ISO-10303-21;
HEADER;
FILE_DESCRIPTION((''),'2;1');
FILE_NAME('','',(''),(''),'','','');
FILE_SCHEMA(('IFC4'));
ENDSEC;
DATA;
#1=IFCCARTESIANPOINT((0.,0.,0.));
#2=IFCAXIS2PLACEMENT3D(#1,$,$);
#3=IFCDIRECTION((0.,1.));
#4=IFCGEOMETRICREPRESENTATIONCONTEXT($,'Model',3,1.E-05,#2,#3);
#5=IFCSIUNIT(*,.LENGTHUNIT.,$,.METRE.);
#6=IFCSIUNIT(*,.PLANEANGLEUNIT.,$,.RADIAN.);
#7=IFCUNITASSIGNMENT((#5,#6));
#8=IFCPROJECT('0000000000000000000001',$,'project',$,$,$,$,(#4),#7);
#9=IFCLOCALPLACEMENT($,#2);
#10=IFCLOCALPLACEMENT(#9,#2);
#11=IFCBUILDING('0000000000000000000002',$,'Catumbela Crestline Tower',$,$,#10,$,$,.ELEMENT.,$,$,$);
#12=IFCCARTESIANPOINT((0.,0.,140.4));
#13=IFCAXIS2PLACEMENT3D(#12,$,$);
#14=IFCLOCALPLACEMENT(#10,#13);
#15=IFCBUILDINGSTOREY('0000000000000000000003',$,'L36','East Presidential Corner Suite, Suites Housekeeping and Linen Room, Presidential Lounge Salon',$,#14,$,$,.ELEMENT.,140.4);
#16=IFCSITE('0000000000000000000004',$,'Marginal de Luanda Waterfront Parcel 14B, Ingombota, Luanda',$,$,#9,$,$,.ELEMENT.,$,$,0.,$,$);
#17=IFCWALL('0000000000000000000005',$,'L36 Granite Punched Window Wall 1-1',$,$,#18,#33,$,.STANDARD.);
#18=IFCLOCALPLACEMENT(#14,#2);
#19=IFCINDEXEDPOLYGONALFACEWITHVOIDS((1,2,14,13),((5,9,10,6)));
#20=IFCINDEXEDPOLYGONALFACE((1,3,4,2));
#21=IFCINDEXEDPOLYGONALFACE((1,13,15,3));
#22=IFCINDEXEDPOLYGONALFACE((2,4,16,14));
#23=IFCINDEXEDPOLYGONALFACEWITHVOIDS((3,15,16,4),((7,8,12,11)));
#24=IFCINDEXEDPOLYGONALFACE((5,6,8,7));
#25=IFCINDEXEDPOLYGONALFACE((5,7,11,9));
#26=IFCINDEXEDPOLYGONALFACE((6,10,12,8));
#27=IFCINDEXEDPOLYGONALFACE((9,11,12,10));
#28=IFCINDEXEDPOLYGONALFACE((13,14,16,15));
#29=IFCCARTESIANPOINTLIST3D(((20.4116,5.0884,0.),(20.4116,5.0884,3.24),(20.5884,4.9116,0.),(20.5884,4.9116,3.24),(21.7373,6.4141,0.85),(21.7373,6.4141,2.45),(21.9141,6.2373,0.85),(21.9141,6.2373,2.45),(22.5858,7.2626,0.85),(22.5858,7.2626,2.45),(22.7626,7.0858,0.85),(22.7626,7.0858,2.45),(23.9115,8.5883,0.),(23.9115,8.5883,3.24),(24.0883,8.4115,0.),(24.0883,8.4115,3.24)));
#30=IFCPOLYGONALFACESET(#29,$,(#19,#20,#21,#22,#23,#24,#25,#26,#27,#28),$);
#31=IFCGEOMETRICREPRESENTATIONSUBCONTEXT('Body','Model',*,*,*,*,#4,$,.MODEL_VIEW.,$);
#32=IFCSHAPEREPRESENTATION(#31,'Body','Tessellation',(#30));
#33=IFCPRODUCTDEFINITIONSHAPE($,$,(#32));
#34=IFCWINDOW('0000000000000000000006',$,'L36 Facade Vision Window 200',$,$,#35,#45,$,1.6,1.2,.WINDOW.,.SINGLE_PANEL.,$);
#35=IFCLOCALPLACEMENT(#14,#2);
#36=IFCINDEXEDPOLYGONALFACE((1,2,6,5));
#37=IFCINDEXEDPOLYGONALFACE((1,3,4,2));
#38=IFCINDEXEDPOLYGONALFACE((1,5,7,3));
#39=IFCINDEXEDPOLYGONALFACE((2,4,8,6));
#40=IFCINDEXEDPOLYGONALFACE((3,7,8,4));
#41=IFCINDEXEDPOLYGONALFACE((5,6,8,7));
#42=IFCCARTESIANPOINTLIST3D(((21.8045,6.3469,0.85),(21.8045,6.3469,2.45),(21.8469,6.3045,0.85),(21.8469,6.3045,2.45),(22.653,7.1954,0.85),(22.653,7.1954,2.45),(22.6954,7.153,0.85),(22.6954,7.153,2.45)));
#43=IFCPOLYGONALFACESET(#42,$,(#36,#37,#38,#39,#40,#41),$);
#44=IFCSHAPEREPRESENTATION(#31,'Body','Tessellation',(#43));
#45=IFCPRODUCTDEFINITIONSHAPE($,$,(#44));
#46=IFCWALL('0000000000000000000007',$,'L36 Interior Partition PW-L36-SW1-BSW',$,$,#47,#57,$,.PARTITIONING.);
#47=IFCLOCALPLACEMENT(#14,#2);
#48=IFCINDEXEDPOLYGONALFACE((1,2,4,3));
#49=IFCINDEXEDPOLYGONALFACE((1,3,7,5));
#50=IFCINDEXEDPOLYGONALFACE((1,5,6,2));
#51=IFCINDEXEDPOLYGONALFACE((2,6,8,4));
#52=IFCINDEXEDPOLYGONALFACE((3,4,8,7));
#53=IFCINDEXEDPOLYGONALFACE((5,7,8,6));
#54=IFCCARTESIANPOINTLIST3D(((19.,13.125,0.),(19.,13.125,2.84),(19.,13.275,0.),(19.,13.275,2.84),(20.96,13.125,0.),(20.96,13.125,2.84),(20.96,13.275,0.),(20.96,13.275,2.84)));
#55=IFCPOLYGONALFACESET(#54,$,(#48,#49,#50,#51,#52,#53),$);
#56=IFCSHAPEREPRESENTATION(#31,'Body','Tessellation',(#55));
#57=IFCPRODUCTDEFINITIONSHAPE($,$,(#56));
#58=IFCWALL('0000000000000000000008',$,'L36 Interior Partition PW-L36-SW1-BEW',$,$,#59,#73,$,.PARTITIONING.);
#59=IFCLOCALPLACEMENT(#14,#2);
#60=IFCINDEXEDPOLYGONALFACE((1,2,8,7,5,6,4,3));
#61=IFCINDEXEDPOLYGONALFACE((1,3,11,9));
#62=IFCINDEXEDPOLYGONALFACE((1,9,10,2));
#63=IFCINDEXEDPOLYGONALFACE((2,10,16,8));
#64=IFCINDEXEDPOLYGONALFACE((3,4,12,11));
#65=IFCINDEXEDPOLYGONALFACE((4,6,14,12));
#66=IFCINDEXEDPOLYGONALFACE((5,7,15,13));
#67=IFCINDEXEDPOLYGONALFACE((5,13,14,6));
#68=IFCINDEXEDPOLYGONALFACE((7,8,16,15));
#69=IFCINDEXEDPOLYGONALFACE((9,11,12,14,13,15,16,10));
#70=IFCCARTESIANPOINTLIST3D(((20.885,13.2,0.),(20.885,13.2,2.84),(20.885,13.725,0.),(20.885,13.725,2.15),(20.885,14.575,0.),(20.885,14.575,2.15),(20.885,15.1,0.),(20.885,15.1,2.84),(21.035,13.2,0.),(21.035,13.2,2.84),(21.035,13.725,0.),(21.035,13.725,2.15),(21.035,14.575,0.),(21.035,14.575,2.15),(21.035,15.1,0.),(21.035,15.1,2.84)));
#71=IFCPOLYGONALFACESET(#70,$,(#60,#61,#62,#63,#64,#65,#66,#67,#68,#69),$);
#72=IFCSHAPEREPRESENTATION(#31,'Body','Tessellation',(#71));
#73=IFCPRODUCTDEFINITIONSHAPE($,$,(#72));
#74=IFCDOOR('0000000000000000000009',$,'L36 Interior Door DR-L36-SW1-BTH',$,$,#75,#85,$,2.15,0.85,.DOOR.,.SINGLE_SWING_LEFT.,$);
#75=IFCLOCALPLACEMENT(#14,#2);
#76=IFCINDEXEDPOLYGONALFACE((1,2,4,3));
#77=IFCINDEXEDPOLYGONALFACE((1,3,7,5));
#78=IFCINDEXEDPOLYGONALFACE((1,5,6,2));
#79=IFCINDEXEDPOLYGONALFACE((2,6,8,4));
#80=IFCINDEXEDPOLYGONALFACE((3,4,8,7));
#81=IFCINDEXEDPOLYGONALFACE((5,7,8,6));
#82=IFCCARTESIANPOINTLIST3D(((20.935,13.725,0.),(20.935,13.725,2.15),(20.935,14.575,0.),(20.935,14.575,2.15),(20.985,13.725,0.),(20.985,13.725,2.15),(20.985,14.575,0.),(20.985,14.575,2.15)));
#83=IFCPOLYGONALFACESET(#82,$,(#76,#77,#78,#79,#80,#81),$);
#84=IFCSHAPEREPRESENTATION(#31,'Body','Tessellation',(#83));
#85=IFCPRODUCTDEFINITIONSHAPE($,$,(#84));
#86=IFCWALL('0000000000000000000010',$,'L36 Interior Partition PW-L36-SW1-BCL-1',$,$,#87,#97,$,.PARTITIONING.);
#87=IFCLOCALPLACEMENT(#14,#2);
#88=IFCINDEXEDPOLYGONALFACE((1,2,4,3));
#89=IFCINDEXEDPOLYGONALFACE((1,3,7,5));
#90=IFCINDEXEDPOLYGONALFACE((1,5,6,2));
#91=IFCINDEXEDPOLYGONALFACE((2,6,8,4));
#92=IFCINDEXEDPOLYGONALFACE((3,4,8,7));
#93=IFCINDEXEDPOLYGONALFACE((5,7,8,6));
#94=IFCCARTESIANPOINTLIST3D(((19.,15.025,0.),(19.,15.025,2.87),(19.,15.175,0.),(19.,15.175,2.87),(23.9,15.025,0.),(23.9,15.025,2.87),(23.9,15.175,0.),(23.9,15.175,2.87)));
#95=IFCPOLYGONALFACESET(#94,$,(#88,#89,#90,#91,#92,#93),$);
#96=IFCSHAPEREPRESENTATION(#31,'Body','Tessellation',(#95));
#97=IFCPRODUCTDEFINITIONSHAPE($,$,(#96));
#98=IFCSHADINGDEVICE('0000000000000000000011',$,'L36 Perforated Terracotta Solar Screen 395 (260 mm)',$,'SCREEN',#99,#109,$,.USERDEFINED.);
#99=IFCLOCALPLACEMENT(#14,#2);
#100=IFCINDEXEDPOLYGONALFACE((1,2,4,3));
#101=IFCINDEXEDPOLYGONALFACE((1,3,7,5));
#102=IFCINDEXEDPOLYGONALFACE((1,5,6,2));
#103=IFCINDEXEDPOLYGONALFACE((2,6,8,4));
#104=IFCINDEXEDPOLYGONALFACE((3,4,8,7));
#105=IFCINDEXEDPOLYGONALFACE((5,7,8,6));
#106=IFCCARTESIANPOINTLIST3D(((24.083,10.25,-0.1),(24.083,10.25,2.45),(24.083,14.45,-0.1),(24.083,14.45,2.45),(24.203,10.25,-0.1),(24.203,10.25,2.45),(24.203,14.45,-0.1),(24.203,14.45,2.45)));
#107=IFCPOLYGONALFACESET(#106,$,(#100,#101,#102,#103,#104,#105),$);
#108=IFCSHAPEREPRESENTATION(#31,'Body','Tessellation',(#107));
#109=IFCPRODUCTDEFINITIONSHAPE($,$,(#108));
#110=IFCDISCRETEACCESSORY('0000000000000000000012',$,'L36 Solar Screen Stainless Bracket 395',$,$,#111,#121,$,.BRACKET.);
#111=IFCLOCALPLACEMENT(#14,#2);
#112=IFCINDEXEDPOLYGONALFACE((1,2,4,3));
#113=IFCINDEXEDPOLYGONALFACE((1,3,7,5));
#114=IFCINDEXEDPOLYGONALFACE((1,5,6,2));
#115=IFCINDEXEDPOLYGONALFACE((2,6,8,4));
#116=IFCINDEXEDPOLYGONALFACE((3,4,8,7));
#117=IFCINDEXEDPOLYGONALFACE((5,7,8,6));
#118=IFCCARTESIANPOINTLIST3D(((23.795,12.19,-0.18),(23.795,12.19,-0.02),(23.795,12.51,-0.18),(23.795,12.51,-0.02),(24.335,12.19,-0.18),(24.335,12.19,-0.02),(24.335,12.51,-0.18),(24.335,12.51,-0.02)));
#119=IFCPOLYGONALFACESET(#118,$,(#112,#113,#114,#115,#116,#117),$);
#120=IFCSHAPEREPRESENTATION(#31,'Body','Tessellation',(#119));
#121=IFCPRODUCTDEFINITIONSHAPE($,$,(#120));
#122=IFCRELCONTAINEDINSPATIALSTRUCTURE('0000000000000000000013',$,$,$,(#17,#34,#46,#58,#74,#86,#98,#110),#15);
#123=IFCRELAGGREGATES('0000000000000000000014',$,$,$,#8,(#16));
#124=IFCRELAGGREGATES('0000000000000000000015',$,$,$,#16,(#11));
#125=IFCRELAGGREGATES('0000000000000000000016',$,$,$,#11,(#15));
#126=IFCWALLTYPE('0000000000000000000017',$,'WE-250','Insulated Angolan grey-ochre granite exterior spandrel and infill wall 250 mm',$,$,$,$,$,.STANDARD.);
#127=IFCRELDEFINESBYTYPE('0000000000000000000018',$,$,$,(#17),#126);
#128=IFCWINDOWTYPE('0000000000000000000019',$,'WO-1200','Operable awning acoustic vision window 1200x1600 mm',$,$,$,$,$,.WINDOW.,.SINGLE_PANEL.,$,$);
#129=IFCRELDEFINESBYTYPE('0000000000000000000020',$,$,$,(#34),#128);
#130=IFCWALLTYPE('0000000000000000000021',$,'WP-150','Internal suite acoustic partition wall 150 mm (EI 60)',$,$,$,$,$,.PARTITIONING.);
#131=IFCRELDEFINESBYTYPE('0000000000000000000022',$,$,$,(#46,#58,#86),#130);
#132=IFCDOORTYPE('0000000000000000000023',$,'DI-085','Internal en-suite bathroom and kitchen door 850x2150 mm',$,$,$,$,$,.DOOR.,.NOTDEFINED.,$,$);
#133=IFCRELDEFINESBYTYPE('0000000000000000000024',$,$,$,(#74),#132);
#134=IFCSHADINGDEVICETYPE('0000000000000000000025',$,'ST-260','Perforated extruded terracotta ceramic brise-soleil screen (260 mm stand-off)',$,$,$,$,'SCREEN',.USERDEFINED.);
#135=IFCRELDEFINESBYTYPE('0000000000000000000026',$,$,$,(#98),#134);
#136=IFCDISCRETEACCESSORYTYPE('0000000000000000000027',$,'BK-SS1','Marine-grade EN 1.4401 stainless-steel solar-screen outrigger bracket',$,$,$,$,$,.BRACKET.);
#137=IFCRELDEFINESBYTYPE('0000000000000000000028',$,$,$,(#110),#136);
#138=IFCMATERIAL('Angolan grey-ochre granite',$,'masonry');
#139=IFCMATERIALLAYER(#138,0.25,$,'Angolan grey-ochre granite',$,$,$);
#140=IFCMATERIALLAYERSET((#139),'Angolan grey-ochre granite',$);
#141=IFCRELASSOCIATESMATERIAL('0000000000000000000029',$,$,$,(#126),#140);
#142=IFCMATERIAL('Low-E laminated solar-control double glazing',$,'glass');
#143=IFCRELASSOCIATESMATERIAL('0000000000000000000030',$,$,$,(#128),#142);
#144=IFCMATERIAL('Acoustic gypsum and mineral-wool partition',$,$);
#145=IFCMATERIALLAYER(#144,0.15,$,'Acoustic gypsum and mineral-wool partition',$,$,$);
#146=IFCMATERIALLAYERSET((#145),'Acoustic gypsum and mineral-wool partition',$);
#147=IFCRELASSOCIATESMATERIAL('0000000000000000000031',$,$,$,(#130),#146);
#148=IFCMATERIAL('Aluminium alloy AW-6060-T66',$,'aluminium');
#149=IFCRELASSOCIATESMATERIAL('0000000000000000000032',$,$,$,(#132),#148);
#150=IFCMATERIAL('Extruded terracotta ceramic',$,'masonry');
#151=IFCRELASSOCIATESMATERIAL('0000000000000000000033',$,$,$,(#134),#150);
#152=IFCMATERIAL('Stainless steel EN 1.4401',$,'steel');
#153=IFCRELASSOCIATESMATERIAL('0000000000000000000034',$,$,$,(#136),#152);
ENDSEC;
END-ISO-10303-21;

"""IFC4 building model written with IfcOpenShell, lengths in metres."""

from ifc_helpers import new_model, si_unit, direction, frame, frame_2d, origin, origin_2d, place, context, subcontext, project, spatial, rectangle, extrude, material, layer, layer_set, type_object, element, fill, save


model = new_model("IFC4")

# Units and contexts
model_context = context("Model", 3, precision=1e-05, world=origin(), true_north=direction((0.0, 1.0)))
body_context = subcontext(model_context, "Body", "Model", "MODEL_VIEW")
ifc_project = project(units=[si_unit("LENGTHUNIT", "METRE"), si_unit("PLANEANGLEUNIT", "RADIAN")], contexts=[model_context])

# Site, building, storey
site_placement = place(None, origin())
site = spatial("IfcSite", under=ifc_project, at=site_placement, Name="Marginal de Luanda Waterfront Parcel 14B, Ingombota, Luanda", CompositionType="ELEMENT", RefElevation=0.0)
building_placement = place(site_placement, origin())
building = spatial("IfcBuilding", under=site, at=building_placement, Name="Catumbela Crestline Tower", CompositionType="ELEMENT")
storey_placement = place(building_placement, frame((0.0, 0.0, 140.4)))
storey = spatial("IfcBuildingStorey", under=building, at=storey_placement, Name="L36", Description="East Presidential Corner Suite, Suites Housekeeping and Linen Room, Presidential Lounge Salon", CompositionType="ELEMENT", Elevation=140.4)

# Shared definitions
ifc_material_1 = material(Name="Aluminium alloy AW-6060-T66", Category="aluminium")

# Shared definitions
ifc_material_2 = material(Name="Low-E laminated solar-control double glazing", Category="glass")

# Wall, opening, window
ifc_material_3 = material(Name="Angolan grey-ochre granite", Category="masonry")
ifc_layer_1 = layer(ifc_material_3, 0.25, Name="Angolan grey-ochre granite")
ifc_layer_set_1 = layer_set([ifc_layer_1], Name="Angolan grey-ochre granite")
wall_type_1 = type_object("IfcWallType", Name="WE-250", Description="Insulated Angolan grey-ochre granite exterior spandrel and infill wall 250 mm", PredefinedType="STANDARD", material=ifc_layer_set_1)
wall_1_placement = place(storey_placement, frame((20.5, 5.0, 0.0), z_axis=(0.0, 0.0, 1.0), x_axis=(0.707107, 0.707107, 0.0)))
wall_1 = element("IfcWall", 1, at=wall_1_placement, inside=storey, type_object=wall_type_1, Name="L36 Granite Punched Window Wall 1-1", PredefinedType="STANDARD", context=body_context, shape_type="SweptSolid", body=[
    extrude(rectangle(XDim=4.9497, YDim=0.25, at=frame_2d((2.4748, 0.0))), origin(), (0.0, 0.0, 1.0), 3.24),
])
opening_1_placement = place(wall_1_placement, frame((1.8748, 0.0, 0.85)))
opening_1 = element("IfcOpeningElement", 2, at=opening_1_placement, cuts=wall_1, PredefinedType="OPENING", context=body_context, shape_type="SweptSolid", body=[
    extrude(rectangle(XDim=1.2, YDim=1.6, at=frame_2d((0.6, 0.8))), frame((0.0, 0.135, 0.0), z_axis=(0.0, -1.0, 0.0), x_axis=(1.0, 0.0, 0.0)), (0.0, 0.0, 1.0), 0.27),
])
window_type = type_object("IfcWindowType", Name="WO-1200", Description="Operable awning acoustic vision window 1200x1600 mm", PartitioningType="SINGLE_PANEL", PredefinedType="WINDOW", material=ifc_material_2)
window_placement = place(opening_1_placement, origin())
window = element("IfcWindow", 3, at=window_placement, inside=storey, type_object=window_type, Name="L36 Facade Vision Window 200", OverallHeight=1.6, OverallWidth=1.2, PartitioningType="SINGLE_PANEL", PredefinedType="WINDOW", context=body_context, shape_type="SweptSolid", body=[
    extrude(rectangle(XDim=1.2, YDim=1.6, at=frame_2d((0.6, 0.8))), frame((0.0, 0.03, 0.0), z_axis=(0.0, -1.0, 0.0), x_axis=(1.0, 0.0, 0.0)), (0.0, 0.0, 1.0), 0.06),
])
fill(opening_1, window)

# Wall
ifc_material_4 = material(Name="Acoustic gypsum and mineral-wool partition")
ifc_layer_2 = layer(ifc_material_4, 0.15, Name="Acoustic gypsum and mineral-wool partition")
ifc_layer_set_2 = layer_set([ifc_layer_2], Name="Acoustic gypsum and mineral-wool partition")
wall_type_2 = type_object("IfcWallType", Name="WP-150", Description="Internal suite acoustic partition wall 150 mm (EI 60)", PredefinedType="PARTITIONING", material=ifc_layer_set_2)
wall_2_placement = place(storey_placement, frame((19.0, 13.2, 0.0), z_axis=(0.0, 0.0, 1.0), x_axis=(1.0, 0.0, 0.0)))
element("IfcWall", 4, at=wall_2_placement, inside=storey, type_object=wall_type_2, Name="L36 Interior Partition PW-L36-SW1-BSW", PredefinedType="PARTITIONING", context=body_context, shape_type="SweptSolid", body=[
    extrude(rectangle(XDim=1.96, YDim=0.15, at=frame_2d((0.98, 0.0))), origin(), (0.0, 0.0, 1.0), 2.84),
])

# Wall, opening, door
wall_3_placement = place(storey_placement, frame((20.96, 13.2, 0.0), z_axis=(0.0, 0.0, 1.0), x_axis=(0.0, 1.0, 0.0)))
wall_3 = element("IfcWall", 5, at=wall_3_placement, inside=storey, type_object=wall_type_2, Name="L36 Interior Partition PW-L36-SW1-BEW", PredefinedType="PARTITIONING", context=body_context, shape_type="SweptSolid", body=[
    extrude(rectangle(XDim=1.9, YDim=0.15, at=frame_2d((0.95, 0.0))), origin(), (0.0, 0.0, 1.0), 2.84),
])
opening_2_placement = place(wall_3_placement, frame((0.525, 0.0, 0.0)))
opening_2 = element("IfcOpeningElement", 6, at=opening_2_placement, cuts=wall_3, PredefinedType="OPENING", context=body_context, shape_type="SweptSolid", body=[
    extrude(rectangle(XDim=0.85, YDim=2.15, at=frame_2d((0.425, 1.075))), frame((0.0, 0.085, 0.0), z_axis=(0.0, -1.0, 0.0), x_axis=(1.0, 0.0, 0.0)), (0.0, 0.0, 1.0), 0.17),
])
door_type = type_object("IfcDoorType", Name="DI-085", Description="Internal en-suite bathroom and kitchen door 850x2150 mm", OperationType="NOTDEFINED", PredefinedType="DOOR", material=ifc_material_1)
door_placement = place(opening_2_placement, origin())
door = element("IfcDoor", 7, at=door_placement, inside=storey, type_object=door_type, Name="L36 Interior Door DR-L36-SW1-BTH", OperationType="SINGLE_SWING_LEFT", OverallHeight=2.15, OverallWidth=0.85, PredefinedType="DOOR", context=body_context, shape_type="SweptSolid", body=[
    extrude(rectangle(XDim=0.85, YDim=2.15, at=frame_2d((0.425, 1.075))), frame((0.0, 0.025, 0.0), z_axis=(0.0, -1.0, 0.0), x_axis=(1.0, 0.0, 0.0)), (0.0, 0.0, 1.0), 0.05),
])
fill(opening_2, door)

# Wall
wall_4_placement = place(storey_placement, frame((19.0, 15.1, 0.0), z_axis=(0.0, 0.0, 1.0), x_axis=(1.0, 0.0, 0.0)))
element("IfcWall", 8, at=wall_4_placement, inside=storey, type_object=wall_type_2, Name="L36 Interior Partition PW-L36-SW1-BCL-1", PredefinedType="PARTITIONING", context=body_context, shape_type="SweptSolid", body=[
    extrude(rectangle(XDim=4.9, YDim=0.15, at=frame_2d((2.45, 0.0))), origin(), (0.0, 0.0, 1.0), 2.87),
])

# Shading device
ifc_material_5 = material(Name="Extruded terracotta ceramic", Category="masonry")
shading_device_type = type_object("IfcShadingDeviceType", Name="ST-260", Description="Perforated extruded terracotta ceramic brise-soleil screen (260 mm stand-off)", ElementType="SCREEN", PredefinedType="USERDEFINED", material=ifc_material_5)
shading_device_placement = place(storey_placement, frame((24.143, 12.35, -0.1), z_axis=(0.0, 0.0, 1.0), x_axis=(0.0, 1.0, 0.0)))
element("IfcShadingDevice", 9, at=shading_device_placement, inside=storey, type_object=shading_device_type, Name="L36 Perforated Terracotta Solar Screen 395 (260 mm)", ObjectType="SCREEN", PredefinedType="USERDEFINED", context=body_context, shape_type="SweptSolid", body=[
    extrude(rectangle(XDim=4.2, YDim=0.12, at=origin_2d()), origin(), (0.0, 0.0, 1.0), 2.55),
])

# Discrete accessory
ifc_material_6 = material(Name="Stainless steel EN 1.4401", Category="steel")
discrete_accessory_type = type_object("IfcDiscreteAccessoryType", Name="BK-SS1", Description="Marine-grade EN 1.4401 stainless-steel solar-screen outrigger bracket", PredefinedType="BRACKET", material=ifc_material_6)
discrete_accessory_placement = place(storey_placement, frame((24.065, 12.35, -0.18), z_axis=(0.0, 0.0, 1.0), x_axis=(0.0, 1.0, 0.0)))
element("IfcDiscreteAccessory", 10, at=discrete_accessory_placement, inside=storey, type_object=discrete_accessory_type, Name="L36 Solar Screen Stainless Bracket 395", PredefinedType="BRACKET", context=body_context, shape_type="SweptSolid", body=[
    extrude(rectangle(XDim=0.32, YDim=0.54, at=origin_2d()), origin(), (0.0, 0.0, 1.0), 0.16),
])

save(model, "model.ifc")
